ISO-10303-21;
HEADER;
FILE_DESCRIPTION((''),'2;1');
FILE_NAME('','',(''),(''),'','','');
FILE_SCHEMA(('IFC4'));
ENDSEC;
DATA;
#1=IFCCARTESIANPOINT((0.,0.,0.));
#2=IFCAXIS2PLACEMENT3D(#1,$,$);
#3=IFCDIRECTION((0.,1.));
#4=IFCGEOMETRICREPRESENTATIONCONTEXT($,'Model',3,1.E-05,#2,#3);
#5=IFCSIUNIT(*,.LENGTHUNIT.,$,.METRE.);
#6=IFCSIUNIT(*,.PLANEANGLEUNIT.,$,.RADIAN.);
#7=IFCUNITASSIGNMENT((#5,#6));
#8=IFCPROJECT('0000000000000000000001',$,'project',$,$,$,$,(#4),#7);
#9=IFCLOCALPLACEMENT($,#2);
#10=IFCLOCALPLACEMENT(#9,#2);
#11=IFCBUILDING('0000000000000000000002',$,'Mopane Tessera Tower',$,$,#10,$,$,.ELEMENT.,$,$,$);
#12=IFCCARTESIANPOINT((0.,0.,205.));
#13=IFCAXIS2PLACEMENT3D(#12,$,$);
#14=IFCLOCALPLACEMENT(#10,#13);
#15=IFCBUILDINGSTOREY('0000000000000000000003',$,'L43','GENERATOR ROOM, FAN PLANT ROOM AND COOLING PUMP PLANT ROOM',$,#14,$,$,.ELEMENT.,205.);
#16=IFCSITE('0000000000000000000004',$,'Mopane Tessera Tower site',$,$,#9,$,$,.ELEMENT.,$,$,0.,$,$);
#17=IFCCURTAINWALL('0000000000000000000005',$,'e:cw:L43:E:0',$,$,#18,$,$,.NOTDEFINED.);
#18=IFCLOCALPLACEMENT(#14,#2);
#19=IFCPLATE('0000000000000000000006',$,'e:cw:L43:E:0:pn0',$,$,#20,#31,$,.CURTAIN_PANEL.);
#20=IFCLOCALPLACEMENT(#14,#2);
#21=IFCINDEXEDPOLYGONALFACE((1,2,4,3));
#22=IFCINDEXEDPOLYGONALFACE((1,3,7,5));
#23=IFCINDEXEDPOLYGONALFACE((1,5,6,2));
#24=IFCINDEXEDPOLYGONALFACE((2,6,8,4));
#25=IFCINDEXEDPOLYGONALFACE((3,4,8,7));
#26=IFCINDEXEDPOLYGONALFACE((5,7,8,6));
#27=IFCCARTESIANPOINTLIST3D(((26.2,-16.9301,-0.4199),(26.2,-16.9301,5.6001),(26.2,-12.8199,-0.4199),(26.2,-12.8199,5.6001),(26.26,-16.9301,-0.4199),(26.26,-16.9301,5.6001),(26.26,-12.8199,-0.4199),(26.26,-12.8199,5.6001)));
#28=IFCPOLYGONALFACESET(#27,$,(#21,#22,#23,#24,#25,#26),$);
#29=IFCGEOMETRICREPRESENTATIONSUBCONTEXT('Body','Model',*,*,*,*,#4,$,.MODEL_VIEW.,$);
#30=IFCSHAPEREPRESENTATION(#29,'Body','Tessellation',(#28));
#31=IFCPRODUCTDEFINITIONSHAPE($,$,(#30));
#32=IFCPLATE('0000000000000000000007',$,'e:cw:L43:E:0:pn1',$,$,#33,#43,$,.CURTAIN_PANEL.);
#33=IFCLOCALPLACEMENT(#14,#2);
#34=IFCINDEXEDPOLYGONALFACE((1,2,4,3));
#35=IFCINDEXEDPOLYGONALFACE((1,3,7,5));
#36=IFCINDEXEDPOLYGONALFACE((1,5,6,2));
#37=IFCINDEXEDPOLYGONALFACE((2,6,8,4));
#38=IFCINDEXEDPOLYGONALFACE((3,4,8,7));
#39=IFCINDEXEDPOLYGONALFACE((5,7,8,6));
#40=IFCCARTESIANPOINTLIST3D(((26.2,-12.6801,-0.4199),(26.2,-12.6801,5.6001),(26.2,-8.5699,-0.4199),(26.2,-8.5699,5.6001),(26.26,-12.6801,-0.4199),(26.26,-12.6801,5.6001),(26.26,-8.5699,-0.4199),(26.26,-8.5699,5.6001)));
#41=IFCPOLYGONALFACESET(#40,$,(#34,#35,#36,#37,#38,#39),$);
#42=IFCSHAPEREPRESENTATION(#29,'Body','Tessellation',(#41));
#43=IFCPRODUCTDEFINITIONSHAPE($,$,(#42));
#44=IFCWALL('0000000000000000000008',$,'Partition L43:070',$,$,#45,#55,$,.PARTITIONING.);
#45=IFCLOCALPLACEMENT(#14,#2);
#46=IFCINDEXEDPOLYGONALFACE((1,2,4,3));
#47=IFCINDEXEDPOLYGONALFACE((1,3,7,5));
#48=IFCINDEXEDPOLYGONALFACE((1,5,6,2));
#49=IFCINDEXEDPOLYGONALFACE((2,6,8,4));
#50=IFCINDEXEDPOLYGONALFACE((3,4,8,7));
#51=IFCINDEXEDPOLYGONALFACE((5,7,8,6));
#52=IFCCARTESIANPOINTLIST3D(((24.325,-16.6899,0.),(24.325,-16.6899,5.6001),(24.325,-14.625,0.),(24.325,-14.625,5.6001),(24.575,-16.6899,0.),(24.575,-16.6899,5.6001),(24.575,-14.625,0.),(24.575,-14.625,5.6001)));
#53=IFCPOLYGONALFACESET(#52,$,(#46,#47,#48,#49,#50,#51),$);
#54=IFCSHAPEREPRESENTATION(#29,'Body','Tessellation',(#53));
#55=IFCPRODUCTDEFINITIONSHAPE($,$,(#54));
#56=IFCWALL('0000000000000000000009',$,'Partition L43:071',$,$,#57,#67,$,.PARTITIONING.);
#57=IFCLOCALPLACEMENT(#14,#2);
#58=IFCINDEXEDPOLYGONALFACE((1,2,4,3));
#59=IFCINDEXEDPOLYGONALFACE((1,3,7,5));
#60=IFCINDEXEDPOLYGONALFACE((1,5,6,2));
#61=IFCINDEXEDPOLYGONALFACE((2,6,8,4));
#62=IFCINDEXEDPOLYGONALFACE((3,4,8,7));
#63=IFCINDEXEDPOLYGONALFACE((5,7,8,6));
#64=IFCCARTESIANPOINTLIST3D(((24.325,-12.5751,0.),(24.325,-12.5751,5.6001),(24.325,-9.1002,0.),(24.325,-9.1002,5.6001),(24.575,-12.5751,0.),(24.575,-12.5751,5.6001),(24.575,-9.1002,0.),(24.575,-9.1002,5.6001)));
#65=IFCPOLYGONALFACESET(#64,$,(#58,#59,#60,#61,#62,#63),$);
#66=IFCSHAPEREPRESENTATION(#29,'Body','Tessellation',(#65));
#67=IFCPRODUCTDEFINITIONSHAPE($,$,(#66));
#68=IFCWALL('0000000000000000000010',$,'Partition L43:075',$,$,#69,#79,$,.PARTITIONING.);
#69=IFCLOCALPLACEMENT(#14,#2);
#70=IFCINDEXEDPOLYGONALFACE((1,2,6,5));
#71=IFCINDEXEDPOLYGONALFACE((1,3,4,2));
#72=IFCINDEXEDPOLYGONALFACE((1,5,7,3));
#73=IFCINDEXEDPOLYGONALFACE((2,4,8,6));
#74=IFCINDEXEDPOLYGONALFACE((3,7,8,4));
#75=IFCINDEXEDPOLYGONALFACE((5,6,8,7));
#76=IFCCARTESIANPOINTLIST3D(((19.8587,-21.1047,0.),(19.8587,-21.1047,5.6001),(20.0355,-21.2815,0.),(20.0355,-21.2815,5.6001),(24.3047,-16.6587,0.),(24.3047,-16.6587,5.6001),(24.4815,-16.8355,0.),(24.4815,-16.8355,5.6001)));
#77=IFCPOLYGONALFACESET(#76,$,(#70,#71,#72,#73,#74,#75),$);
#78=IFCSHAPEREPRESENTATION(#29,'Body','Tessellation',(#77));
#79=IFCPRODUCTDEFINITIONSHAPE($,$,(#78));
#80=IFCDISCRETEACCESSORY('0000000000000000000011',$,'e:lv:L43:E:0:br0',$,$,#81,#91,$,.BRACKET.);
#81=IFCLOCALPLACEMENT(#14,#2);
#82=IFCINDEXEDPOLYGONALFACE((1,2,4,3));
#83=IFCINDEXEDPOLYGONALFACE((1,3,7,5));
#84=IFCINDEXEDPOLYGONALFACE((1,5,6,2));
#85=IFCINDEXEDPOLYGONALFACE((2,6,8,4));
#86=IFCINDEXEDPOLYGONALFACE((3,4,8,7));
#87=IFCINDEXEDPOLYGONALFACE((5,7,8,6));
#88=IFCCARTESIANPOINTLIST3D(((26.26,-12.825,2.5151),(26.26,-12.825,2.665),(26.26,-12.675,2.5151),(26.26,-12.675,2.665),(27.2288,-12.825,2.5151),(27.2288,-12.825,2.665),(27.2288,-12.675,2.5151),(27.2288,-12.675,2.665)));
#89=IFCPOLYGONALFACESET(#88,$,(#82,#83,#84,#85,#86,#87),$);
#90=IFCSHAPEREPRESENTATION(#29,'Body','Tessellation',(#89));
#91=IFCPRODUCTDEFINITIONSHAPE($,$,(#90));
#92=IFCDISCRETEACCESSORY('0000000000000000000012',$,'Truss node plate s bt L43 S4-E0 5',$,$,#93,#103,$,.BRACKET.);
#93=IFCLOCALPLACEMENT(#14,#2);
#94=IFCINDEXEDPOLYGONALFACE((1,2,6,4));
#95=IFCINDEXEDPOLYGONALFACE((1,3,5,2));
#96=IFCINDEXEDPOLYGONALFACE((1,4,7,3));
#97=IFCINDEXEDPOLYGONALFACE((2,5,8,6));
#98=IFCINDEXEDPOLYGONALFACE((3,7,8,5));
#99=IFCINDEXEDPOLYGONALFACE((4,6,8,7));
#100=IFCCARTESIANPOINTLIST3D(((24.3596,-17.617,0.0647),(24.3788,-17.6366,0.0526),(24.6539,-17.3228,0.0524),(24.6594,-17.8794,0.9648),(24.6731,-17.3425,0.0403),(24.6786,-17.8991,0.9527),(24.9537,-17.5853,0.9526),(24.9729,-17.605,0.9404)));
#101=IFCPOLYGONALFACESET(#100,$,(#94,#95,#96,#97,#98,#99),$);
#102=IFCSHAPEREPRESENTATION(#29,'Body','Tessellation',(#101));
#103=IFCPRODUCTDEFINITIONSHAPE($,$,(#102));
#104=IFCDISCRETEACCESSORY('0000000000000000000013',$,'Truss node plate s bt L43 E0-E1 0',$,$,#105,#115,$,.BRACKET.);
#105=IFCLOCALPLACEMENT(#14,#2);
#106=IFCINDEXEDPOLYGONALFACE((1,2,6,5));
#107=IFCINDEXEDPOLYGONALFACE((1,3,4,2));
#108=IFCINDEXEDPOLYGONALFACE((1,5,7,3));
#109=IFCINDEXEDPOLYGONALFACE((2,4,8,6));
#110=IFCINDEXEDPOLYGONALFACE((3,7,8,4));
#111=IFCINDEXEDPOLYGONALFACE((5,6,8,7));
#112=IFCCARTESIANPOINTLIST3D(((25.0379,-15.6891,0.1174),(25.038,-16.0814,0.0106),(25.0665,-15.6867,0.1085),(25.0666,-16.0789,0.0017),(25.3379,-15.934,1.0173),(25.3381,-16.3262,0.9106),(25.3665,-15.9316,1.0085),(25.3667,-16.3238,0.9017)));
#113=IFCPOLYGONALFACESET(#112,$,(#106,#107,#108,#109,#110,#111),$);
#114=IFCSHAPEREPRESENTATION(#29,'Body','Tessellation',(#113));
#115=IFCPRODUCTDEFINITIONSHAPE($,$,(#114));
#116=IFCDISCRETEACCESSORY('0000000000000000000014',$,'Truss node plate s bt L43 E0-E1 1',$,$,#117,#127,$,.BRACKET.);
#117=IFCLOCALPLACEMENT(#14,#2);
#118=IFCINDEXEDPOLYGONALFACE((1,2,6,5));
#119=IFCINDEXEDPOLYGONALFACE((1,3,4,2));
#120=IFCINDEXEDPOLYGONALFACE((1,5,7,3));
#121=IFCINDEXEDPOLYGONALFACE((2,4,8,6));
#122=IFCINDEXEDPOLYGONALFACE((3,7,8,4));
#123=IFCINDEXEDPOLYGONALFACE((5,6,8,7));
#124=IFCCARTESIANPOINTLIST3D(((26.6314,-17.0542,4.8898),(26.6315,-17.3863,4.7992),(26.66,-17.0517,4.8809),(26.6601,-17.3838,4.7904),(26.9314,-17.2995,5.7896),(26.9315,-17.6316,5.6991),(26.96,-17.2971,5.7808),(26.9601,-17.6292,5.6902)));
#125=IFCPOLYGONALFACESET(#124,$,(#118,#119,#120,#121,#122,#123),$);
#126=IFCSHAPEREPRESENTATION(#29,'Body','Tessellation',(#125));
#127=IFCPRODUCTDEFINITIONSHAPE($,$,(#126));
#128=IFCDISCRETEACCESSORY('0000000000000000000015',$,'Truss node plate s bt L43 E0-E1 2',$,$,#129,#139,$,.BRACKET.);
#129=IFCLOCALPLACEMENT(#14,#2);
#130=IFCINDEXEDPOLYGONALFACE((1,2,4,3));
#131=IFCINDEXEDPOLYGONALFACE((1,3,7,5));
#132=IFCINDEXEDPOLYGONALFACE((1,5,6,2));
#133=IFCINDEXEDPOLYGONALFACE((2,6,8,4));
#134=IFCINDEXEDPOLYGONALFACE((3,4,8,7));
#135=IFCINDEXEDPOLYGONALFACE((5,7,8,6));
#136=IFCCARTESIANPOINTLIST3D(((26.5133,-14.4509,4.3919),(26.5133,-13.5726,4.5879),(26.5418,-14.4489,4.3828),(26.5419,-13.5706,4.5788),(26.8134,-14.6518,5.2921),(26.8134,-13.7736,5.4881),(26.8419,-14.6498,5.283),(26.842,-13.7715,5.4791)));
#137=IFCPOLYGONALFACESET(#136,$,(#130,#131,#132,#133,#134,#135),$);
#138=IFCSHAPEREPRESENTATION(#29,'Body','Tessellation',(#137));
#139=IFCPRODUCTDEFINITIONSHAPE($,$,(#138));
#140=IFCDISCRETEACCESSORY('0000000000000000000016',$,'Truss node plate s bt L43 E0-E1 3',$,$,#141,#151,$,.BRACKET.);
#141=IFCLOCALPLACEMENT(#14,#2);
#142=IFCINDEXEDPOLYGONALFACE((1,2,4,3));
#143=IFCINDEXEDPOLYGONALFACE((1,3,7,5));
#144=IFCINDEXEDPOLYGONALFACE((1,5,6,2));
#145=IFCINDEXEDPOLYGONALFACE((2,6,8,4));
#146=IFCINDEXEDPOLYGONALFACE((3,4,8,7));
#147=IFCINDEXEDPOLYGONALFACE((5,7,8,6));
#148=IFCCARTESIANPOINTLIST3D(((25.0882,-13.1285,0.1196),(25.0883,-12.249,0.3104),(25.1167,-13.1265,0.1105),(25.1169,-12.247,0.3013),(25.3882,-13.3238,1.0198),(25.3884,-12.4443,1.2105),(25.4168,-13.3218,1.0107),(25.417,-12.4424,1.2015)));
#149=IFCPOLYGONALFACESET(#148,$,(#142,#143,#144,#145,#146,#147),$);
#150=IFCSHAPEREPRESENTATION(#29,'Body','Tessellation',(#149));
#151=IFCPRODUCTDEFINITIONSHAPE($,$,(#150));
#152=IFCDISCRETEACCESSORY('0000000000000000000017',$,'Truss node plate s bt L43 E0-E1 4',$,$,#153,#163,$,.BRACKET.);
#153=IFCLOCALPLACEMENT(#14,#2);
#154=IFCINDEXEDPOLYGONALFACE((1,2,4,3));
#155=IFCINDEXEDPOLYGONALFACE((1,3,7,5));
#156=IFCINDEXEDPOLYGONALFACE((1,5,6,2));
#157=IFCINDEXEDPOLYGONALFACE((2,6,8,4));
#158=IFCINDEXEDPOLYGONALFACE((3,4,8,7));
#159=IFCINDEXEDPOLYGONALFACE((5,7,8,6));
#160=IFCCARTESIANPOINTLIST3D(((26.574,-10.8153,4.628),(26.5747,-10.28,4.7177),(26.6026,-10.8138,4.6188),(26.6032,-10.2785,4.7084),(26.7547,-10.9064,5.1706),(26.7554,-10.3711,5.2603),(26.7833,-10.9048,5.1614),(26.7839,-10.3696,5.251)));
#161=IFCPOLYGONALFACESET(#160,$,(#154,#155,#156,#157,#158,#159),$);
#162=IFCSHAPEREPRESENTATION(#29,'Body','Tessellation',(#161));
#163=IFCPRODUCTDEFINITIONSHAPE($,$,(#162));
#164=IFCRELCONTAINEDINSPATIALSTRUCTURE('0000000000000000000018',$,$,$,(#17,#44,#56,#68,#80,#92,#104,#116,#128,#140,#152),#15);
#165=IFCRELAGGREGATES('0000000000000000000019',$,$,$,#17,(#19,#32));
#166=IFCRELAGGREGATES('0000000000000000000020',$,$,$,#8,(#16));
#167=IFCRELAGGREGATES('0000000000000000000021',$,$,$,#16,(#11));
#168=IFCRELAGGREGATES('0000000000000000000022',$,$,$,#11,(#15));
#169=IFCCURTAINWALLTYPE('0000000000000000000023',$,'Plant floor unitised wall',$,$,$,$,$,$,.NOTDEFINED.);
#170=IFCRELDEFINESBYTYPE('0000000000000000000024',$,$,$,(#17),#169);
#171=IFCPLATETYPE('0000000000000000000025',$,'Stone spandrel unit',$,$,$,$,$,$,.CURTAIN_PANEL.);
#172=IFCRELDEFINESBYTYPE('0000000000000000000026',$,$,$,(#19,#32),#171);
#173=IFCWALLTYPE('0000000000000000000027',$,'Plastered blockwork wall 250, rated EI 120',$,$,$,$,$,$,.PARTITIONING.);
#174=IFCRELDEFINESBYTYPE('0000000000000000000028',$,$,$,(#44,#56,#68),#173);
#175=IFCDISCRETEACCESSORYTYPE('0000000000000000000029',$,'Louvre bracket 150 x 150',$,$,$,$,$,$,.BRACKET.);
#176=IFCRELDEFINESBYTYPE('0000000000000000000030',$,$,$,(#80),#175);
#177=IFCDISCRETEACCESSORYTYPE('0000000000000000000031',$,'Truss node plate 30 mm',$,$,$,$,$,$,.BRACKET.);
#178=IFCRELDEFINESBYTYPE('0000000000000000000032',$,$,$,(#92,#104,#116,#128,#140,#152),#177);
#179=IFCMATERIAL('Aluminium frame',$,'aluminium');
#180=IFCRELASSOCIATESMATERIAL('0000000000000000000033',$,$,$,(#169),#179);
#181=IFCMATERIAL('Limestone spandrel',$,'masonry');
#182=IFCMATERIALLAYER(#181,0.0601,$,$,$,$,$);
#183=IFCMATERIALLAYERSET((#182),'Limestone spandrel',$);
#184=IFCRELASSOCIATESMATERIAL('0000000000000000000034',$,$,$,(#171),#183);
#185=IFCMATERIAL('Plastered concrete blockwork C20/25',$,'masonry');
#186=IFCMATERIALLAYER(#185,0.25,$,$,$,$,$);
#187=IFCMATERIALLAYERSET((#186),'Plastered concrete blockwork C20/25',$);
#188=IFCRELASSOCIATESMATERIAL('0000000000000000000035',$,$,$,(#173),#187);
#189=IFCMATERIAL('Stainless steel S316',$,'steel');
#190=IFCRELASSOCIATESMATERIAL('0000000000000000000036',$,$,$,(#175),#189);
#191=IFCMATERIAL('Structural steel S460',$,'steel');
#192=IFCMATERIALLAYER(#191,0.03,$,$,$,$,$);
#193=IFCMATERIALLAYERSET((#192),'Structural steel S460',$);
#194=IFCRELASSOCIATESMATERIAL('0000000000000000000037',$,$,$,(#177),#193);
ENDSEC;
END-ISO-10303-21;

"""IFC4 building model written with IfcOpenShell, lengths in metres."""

from ifc_helpers import new_model, si_unit, direction, frame, frame_2d, origin, origin_2d, place, context, subcontext, project, spatial, rectangle, extrude, material, layer, layer_set, type_object, element, aggregate, save


model = new_model("IFC4")

# Units and contexts
model_context = context("Model", 3, precision=1e-05, world=origin(), true_north=direction((0.0, 1.0)))
body_context = subcontext(model_context, "Body", "Model", "MODEL_VIEW")
ifc_project = project(units=[si_unit("LENGTHUNIT", "METRE"), si_unit("PLANEANGLEUNIT", "RADIAN")], contexts=[model_context])

# Site, building, storey
site_placement = place(None, origin())
site = spatial("IfcSite", under=ifc_project, at=site_placement, Name="Mopane Tessera Tower site", CompositionType="ELEMENT", RefElevation=0.0)
building_placement = place(site_placement, origin())
building = spatial("IfcBuilding", under=site, at=building_placement, Name="Mopane Tessera Tower", CompositionType="ELEMENT")
storey_placement = place(building_placement, frame((0.0, 0.0, 205.0)))
storey = spatial("IfcBuildingStorey", under=building, at=storey_placement, Name="L43", Description="GENERATOR ROOM, FAN PLANT ROOM AND COOLING PUMP PLANT ROOM", CompositionType="ELEMENT", Elevation=205.0)

# Curtain wall
ifc_material_1 = material(Name="Aluminium frame", Category="aluminium")
curtain_wall_type = type_object("IfcCurtainWallType", Name="Plant floor unitised wall", PredefinedType="NOTDEFINED", material=ifc_material_1)
curtain_wall_placement = place(storey_placement, origin())
curtain_wall = element("IfcCurtainWall", 1, at=curtain_wall_placement, inside=storey, type_object=curtain_wall_type, Name="e:cw:L43:E:0", PredefinedType="NOTDEFINED")

# Plates
ifc_material_2 = material(Name="Limestone spandrel", Category="masonry")
ifc_layer_1 = layer(ifc_material_2, 0.0601)
ifc_layer_set_1 = layer_set([ifc_layer_1], Name="Limestone spandrel")
plate_type = type_object("IfcPlateType", Name="Stone spandrel unit", PredefinedType="CURTAIN_PANEL", material=ifc_layer_set_1)
plate_1_placement = place(storey_placement, frame((26.23, -14.875, -0.4199), z_axis=(0.0, 0.0, 1.0), x_axis=(0.0, 1.0, 0.0)))
plate_1 = element("IfcPlate", 2, at=plate_1_placement, type_object=plate_type, Name="e:cw:L43:E:0:pn0", PredefinedType="CURTAIN_PANEL", context=body_context, shape_type="SweptSolid", body=[
    extrude(rectangle(XDim=4.1101, YDim=0.0601, at=origin_2d()), origin(), (0.0, 0.0, 1.0), 6.02),
])
plate_2_placement = place(storey_placement, frame((26.23, -10.625, -0.4199), z_axis=(0.0, 0.0, 1.0), x_axis=(0.0, 1.0, 0.0)))
plate_2 = element("IfcPlate", 3, at=plate_2_placement, type_object=plate_type, Name="e:cw:L43:E:0:pn1", PredefinedType="CURTAIN_PANEL", context=body_context, shape_type="SweptSolid", body=[
    extrude(rectangle(XDim=4.1101, YDim=0.0601, at=origin_2d()), origin(), (0.0, 0.0, 1.0), 6.02),
])
aggregate(curtain_wall, [plate_1, plate_2])

# Walls
ifc_material_3 = material(Name="Plastered concrete blockwork C20/25", Category="masonry")
ifc_layer_2 = layer(ifc_material_3, 0.25)
ifc_layer_set_2 = layer_set([ifc_layer_2], Name="Plastered concrete blockwork C20/25")
wall_type = type_object("IfcWallType", Name="Plastered blockwork wall 250, rated EI 120", PredefinedType="PARTITIONING", material=ifc_layer_set_2)
wall_1_placement = place(storey_placement, frame((24.45, -16.6899, 0.0), z_axis=(0.0, 0.0, 1.0), x_axis=(0.0, 1.0, 0.0)))
element("IfcWall", 4, at=wall_1_placement, inside=storey, type_object=wall_type, Name="Partition L43:070", PredefinedType="PARTITIONING", context=body_context, shape_type="SweptSolid", body=[
    extrude(rectangle(XDim=2.0649, YDim=0.25, at=frame_2d((1.0325, 0.0))), origin(), (0.0, 0.0, 1.0), 5.6001),
])
wall_2_placement = place(storey_placement, frame((24.45, -12.575, 0.0), z_axis=(0.0, 0.0, 1.0), x_axis=(0.0, 1.0, 0.0)))
element("IfcWall", 5, at=wall_2_placement, inside=storey, type_object=wall_type, Name="Partition L43:071", PredefinedType="PARTITIONING", context=body_context, shape_type="SweptSolid", body=[
    extrude(rectangle(XDim=3.4749, YDim=0.25, at=frame_2d((1.7373, 0.0))), origin(), (0.0, 0.0, 1.0), 5.6001),
])
wall_3_placement = place(storey_placement, frame((24.3931, -16.7471, 0.0), z_axis=(0.0, 0.0, 1.0), x_axis=(-0.707107, -0.707107, 0.0)))
element("IfcWall", 6, at=wall_3_placement, inside=storey, type_object=wall_type, Name="Partition L43:075", PredefinedType="PARTITIONING", context=body_context, shape_type="SweptSolid", body=[
    extrude(rectangle(XDim=6.2876, YDim=0.25, at=frame_2d((3.1438, 0.0))), origin(), (0.0, 0.0, 1.0), 5.6001),
])

# Discrete accessories
ifc_material_4 = material(Name="Stainless steel S316", Category="steel")
discrete_accessory_type_1 = type_object("IfcDiscreteAccessoryType", Name="Louvre bracket 150 x 150", PredefinedType="BRACKET", material=ifc_material_4)
discrete_accessory_1_placement = place(storey_placement, frame((26.7444, -12.75, 2.5151), z_axis=(0.0, 0.0, 1.0), x_axis=(1.0, 0.0, 0.0)))
element("IfcDiscreteAccessory", 7, at=discrete_accessory_1_placement, inside=storey, type_object=discrete_accessory_type_1, Name="e:lv:L43:E:0:br0", PredefinedType="BRACKET", context=body_context, shape_type="SweptSolid", body=[
    extrude(rectangle(XDim=0.9688, YDim=0.1499, at=origin_2d()), origin(), (0.0, 0.0, 1.0), 0.1499),
])
ifc_material_5 = material(Name="Structural steel S460", Category="steel")
ifc_layer_3 = layer(ifc_material_5, 0.03)
ifc_layer_set_3 = layer_set([ifc_layer_3], Name="Structural steel S460")
discrete_accessory_type_2 = type_object("IfcDiscreteAccessoryType", Name="Truss node plate 30 mm", PredefinedType="BRACKET", material=ifc_layer_set_3)
discrete_accessory_2_placement = place(storey_placement, frame((24.5164, -17.4797, 0.0525), z_axis=(0.304558, -0.266613, 0.914419), x_axis=(-0.638311, 0.65543, 0.403697)))
element("IfcDiscreteAccessory", 8, at=discrete_accessory_2_placement, inside=storey, type_object=discrete_accessory_type_2, Name="Truss node plate s bt L43 S4-E0 5", PredefinedType="BRACKET", context=body_context, shape_type="SweptSolid", body=[
    extrude(rectangle(XDim=0.03, YDim=0.4163, at=origin_2d()), origin(), (0.0, 0.0, 1.0), 0.9844),
])
discrete_accessory_3_placement = place(storey_placement, frame((25.0522, -15.884, 0.0596), z_axis=(0.306265, -0.249946, 0.918547), x_axis=(-0.951946, -0.080772, 0.295422)))
element("IfcDiscreteAccessory", 9, at=discrete_accessory_3_placement, inside=storey, type_object=discrete_accessory_type_2, Name="Truss node plate s bt L43 E0-E1 0", PredefinedType="BRACKET", context=body_context, shape_type="SweptSolid", body=[
    extrude(rectangle(XDim=0.03, YDim=0.4065, at=origin_2d()), origin(), (0.0, 0.0, 1.0), 0.9797),
])
discrete_accessory_4_placement = place(storey_placement, frame((26.6458, -17.219, 4.8401), z_axis=(0.306227, -0.250414, 0.918432), x_axis=(-0.951958, -0.080889, 0.295351)))
element("IfcDiscreteAccessory", 10, at=discrete_accessory_4_placement, inside=storey, type_object=discrete_accessory_type_2, Name="Truss node plate s bt L43 E0-E1 1", PredefinedType="BRACKET", context=body_context, shape_type="SweptSolid", body=[
    extrude(rectangle(XDim=0.03, YDim=0.3442, at=origin_2d()), origin(), (0.0, 0.0, 1.0), 0.9797),
])
discrete_accessory_5_placement = place(storey_placement, frame((26.5276, -14.0107, 4.4854), z_axis=(0.309367, -0.207168, 0.928102), x_axis=(-0.950943, -0.067357, 0.301946)))
element("IfcDiscreteAccessory", 11, at=discrete_accessory_5_placement, inside=storey, type_object=discrete_accessory_type_2, Name="Truss node plate s bt L43 E0-E1 2", PredefinedType="BRACKET", context=body_context, shape_type="SweptSolid", body=[
    extrude(rectangle(XDim=0.03, YDim=0.8999, at=origin_2d()), origin(), (0.0, 0.0, 1.0), 0.97),
])
discrete_accessory_6_placement = place(storey_placement, frame((25.1025, -12.6877, 0.2104), z_axis=(0.309734, -0.201617, 0.929202), x_axis=(-0.950823, -0.06549, 0.302731)))
element("IfcDiscreteAccessory", 12, at=discrete_accessory_6_placement, inside=storey, type_object=discrete_accessory_type_2, Name="Truss node plate s bt L43 E0-E1 3", PredefinedType="BRACKET", context=body_context, shape_type="SweptSolid", body=[
    extrude(rectangle(XDim=0.03, YDim=0.8999, at=origin_2d()), origin(), (0.0, 0.0, 1.0), 0.9688),
])
discrete_accessory_7_placement = place(storey_placement, frame((26.5886, -10.5469, 4.6682), z_axis=(0.312039, -0.157284, 0.93696), x_axis=(-0.950069, -0.050467, 0.307933)))
element("IfcDiscreteAccessory", 13, at=discrete_accessory_7_placement, inside=storey, type_object=discrete_accessory_type_2, Name="Truss node plate s bt L43 E0-E1 4", PredefinedType="BRACKET", context=body_context, shape_type="SweptSolid", body=[
    extrude(rectangle(XDim=0.03, YDim=0.5427, at=origin_2d()), origin(), (0.0, 0.0, 1.0), 0.5791),
])

save(model, "model.ifc")
